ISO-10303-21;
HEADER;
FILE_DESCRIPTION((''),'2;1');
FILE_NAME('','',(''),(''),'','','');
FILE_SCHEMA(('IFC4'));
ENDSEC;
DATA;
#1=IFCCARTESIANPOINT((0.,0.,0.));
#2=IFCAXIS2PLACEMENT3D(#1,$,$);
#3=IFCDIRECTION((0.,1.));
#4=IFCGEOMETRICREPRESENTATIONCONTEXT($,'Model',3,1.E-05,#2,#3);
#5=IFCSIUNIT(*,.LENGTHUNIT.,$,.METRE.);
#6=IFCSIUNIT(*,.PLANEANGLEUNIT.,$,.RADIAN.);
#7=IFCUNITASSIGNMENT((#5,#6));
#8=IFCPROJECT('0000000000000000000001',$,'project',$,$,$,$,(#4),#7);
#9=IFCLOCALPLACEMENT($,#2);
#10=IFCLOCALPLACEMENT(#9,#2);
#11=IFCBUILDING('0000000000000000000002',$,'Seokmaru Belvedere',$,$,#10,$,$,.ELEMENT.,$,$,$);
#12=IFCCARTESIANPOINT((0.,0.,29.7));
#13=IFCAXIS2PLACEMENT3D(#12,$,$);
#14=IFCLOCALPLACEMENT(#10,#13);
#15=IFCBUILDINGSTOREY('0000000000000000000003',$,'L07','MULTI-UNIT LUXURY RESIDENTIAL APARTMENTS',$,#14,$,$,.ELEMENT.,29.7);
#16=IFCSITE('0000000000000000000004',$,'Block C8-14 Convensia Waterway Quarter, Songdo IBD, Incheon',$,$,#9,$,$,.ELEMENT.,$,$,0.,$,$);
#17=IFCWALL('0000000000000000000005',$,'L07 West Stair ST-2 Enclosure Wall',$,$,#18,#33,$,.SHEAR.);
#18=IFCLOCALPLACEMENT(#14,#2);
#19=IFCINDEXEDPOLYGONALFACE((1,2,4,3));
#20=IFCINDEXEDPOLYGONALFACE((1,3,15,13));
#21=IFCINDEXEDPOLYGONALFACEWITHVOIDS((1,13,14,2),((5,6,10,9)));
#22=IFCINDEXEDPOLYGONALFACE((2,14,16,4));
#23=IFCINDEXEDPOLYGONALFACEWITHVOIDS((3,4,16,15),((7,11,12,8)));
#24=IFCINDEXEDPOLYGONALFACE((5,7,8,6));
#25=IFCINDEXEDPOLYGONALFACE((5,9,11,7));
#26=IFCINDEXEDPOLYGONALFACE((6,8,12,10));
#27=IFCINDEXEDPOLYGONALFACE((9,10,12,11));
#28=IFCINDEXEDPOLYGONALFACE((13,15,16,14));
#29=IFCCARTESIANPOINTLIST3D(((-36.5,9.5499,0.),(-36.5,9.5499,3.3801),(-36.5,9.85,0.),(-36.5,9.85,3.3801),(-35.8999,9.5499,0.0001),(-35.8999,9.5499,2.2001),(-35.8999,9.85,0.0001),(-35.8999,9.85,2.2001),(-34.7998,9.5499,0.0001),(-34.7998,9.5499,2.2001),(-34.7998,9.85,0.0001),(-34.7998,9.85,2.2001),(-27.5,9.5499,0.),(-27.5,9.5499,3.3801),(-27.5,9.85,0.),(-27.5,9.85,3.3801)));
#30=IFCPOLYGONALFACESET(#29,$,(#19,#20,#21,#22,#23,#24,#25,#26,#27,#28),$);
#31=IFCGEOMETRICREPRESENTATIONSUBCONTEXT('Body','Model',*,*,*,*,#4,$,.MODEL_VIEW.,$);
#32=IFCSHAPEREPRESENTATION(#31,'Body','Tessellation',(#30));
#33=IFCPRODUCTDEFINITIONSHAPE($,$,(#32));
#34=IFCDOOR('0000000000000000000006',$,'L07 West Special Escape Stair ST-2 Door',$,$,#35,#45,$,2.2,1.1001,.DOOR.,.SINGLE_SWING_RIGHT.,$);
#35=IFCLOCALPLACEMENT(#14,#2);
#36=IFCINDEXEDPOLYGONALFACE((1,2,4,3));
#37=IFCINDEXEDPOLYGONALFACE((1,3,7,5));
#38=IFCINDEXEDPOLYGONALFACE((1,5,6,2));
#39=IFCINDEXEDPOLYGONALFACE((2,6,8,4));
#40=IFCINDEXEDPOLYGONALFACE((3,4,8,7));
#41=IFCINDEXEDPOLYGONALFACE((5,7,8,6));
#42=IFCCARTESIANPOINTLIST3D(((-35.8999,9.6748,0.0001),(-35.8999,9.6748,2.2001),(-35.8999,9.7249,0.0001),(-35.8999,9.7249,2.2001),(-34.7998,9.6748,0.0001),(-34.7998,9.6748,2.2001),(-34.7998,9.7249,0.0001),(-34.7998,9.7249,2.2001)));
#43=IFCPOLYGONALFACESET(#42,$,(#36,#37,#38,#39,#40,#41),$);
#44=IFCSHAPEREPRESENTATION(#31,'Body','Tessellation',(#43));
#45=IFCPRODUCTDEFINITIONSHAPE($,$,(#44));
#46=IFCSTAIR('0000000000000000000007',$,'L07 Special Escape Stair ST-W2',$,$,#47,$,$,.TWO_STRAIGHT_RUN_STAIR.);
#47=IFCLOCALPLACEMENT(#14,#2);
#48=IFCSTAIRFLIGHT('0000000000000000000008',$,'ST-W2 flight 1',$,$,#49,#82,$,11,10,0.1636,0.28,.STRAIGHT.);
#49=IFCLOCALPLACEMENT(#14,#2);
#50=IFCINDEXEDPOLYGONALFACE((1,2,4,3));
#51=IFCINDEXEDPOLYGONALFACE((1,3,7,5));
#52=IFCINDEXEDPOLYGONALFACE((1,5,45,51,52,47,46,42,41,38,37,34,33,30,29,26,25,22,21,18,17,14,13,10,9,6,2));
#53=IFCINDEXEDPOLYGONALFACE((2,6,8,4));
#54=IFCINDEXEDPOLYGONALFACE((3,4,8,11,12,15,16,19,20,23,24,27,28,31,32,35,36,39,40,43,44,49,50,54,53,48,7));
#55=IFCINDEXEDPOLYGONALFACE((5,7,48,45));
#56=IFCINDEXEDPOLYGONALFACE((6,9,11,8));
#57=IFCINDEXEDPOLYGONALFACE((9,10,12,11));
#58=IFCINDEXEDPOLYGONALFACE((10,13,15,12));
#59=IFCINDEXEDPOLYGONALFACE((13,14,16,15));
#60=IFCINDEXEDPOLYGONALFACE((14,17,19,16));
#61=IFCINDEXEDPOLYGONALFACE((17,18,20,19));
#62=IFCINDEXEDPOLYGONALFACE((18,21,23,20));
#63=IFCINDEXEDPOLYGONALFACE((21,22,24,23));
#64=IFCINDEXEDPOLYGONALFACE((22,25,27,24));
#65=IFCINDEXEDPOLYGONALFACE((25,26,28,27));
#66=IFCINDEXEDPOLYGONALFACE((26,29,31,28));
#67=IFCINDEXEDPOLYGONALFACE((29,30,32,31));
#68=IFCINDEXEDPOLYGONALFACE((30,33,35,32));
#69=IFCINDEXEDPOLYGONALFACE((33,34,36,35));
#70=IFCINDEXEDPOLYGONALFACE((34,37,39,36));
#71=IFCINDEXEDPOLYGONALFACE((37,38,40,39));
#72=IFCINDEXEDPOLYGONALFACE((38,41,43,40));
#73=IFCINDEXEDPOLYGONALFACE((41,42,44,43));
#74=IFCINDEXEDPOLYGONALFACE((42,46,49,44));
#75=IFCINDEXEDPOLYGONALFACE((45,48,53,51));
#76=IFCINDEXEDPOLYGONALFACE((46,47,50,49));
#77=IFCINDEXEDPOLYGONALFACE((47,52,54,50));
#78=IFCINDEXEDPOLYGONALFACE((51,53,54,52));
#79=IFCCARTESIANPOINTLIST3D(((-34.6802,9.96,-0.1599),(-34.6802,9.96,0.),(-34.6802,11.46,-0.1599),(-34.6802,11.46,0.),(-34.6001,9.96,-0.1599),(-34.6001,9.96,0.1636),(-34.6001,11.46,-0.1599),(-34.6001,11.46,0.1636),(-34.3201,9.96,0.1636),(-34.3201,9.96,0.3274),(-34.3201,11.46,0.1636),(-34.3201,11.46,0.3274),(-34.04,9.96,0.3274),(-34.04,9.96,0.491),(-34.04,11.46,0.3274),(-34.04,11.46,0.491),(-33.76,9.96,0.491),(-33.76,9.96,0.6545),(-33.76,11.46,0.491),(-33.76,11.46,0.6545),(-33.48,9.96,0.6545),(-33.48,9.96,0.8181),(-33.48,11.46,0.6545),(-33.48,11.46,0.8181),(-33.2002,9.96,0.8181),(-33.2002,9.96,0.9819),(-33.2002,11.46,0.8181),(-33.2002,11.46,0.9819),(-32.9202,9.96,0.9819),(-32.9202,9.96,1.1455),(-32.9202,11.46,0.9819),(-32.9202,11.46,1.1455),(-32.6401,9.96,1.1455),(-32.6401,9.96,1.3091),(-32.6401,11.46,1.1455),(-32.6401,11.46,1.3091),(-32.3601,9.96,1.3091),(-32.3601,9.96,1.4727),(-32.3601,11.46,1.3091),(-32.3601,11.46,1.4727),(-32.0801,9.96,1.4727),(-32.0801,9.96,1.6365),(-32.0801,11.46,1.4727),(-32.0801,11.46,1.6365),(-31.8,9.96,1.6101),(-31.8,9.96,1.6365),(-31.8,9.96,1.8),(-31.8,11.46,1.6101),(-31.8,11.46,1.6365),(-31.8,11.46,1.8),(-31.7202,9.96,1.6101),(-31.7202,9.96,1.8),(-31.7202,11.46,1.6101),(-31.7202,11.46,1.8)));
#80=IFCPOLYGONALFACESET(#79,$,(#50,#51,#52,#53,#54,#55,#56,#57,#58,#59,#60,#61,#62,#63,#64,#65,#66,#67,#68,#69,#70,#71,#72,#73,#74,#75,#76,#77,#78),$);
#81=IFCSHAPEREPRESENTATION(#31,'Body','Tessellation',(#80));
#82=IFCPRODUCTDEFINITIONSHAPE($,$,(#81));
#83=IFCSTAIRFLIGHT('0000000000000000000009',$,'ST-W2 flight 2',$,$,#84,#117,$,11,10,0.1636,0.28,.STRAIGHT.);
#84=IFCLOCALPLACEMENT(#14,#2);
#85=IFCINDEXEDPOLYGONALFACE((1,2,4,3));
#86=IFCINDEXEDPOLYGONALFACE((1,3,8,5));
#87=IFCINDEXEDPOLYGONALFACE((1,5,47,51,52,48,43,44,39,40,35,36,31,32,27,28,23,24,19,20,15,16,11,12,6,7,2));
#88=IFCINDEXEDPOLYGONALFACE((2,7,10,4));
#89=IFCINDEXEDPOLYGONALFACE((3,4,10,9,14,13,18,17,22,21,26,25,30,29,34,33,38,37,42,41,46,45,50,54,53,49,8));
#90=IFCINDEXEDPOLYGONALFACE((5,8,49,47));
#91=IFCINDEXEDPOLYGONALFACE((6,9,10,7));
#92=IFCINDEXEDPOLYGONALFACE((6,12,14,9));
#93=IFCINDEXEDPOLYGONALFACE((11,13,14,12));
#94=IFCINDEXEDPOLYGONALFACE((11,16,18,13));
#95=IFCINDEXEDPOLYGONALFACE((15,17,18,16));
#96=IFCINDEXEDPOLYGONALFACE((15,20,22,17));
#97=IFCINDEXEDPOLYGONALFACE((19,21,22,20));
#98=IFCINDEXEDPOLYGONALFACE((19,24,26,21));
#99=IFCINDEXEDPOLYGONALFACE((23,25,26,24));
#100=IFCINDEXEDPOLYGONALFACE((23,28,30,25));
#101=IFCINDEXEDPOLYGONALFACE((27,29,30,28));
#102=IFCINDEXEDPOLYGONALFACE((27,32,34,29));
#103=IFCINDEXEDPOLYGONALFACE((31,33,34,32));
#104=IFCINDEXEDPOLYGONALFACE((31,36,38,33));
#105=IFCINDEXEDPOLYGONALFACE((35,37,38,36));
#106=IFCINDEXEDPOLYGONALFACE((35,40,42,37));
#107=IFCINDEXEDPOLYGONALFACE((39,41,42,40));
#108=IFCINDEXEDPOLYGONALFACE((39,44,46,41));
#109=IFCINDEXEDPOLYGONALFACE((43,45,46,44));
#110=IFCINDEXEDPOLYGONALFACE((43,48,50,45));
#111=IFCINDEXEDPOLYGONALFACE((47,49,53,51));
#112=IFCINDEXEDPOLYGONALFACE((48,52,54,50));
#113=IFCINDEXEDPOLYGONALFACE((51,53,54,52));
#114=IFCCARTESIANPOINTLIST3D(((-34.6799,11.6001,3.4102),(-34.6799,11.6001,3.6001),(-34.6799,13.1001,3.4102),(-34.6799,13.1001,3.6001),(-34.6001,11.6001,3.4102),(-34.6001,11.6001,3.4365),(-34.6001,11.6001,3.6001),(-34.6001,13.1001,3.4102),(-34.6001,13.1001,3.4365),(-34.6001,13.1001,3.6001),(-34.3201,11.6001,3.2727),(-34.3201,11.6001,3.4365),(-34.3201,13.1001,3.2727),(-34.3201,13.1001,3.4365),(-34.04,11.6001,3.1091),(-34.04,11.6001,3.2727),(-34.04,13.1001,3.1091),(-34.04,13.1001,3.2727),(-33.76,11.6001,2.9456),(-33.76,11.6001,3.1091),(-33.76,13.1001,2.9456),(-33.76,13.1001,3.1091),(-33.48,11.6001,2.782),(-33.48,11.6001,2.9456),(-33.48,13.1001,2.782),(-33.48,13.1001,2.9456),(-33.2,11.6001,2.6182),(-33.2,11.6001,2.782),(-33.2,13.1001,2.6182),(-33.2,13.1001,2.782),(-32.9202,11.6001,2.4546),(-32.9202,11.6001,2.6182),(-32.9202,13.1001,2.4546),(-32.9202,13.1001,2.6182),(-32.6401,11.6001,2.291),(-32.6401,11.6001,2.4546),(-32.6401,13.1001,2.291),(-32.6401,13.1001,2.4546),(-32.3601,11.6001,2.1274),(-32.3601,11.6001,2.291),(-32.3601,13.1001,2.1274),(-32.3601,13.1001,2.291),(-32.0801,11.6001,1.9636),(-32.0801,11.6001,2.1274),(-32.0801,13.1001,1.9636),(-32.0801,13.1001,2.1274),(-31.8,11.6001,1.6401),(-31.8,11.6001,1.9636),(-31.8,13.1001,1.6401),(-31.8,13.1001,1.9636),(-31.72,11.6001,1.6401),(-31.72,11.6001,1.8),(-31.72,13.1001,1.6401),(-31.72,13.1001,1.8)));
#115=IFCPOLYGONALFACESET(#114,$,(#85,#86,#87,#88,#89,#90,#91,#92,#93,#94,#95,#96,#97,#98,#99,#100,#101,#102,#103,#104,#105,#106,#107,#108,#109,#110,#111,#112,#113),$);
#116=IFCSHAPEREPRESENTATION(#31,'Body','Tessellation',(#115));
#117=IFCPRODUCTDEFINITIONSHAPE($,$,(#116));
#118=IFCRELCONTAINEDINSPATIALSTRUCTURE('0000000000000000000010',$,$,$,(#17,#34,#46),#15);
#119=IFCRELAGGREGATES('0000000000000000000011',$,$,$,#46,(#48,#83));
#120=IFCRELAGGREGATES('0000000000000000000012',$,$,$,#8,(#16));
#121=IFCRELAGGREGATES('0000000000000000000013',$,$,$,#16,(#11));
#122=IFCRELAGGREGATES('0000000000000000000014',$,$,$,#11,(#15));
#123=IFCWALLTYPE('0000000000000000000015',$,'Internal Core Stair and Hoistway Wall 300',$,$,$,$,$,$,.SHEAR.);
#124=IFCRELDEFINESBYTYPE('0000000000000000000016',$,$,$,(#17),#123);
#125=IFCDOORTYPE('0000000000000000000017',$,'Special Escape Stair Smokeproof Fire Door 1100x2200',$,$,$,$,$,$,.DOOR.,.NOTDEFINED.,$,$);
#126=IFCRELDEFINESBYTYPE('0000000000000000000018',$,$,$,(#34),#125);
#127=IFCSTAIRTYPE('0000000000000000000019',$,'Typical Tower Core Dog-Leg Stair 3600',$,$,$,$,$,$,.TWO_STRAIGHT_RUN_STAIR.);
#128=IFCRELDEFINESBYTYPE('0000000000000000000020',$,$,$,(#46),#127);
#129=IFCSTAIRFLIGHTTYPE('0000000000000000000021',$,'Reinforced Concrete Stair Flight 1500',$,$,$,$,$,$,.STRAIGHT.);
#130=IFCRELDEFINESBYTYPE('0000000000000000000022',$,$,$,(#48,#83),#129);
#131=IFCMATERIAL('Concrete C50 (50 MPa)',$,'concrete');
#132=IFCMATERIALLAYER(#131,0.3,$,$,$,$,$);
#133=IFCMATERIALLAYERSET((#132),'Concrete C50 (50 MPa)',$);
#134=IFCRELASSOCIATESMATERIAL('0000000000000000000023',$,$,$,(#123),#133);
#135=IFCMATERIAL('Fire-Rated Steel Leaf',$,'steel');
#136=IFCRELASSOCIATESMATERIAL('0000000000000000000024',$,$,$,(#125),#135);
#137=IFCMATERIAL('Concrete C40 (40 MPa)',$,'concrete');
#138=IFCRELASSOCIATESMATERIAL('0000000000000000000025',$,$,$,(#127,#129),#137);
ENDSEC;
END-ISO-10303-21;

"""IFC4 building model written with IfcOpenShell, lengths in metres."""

from ifc_helpers import new_model, si_unit, direction, frame, frame_2d, origin, place, context, subcontext, project, spatial, polyline, rectangle, outline, extrude, source, transform, mapped, material, layer, layer_set, type_object, type_shapes, element, fill, aggregate, save


model = new_model("IFC4")

# Units and contexts
model_context = context("Model", 3, precision=1e-05, world=origin(), true_north=direction((0.0, 1.0)))
body_context = subcontext(model_context, "Body", "Model", "MODEL_VIEW")
ifc_project = project(units=[si_unit("LENGTHUNIT", "METRE"), si_unit("PLANEANGLEUNIT", "RADIAN")], contexts=[model_context])

# Site, building, storey
site_placement = place(None, origin())
site = spatial("IfcSite", under=ifc_project, at=site_placement, Name="Block C8-14 Convensia Waterway Quarter, Songdo IBD, Incheon", CompositionType="ELEMENT", RefElevation=0.0)
building_placement = place(site_placement, origin())
building = spatial("IfcBuilding", under=site, at=building_placement, Name="Seokmaru Belvedere", CompositionType="ELEMENT")
storey_placement = place(building_placement, frame((0.0, 0.0, 29.7)))
storey = spatial("IfcBuildingStorey", under=building, at=storey_placement, Name="L07", Description="MULTI-UNIT LUXURY RESIDENTIAL APARTMENTS", CompositionType="ELEMENT", Elevation=29.7)

# Shared definitions
ifc_material_1 = material(Name="Fire-Rated Steel Leaf", Category="steel")

# Wall, opening, door
ifc_material_2 = material(Name="Concrete C50 (50 MPa)", Category="concrete")
ifc_layer_1 = layer(ifc_material_2, 0.3)
ifc_layer_set_1 = layer_set([ifc_layer_1], Name="Concrete C50 (50 MPa)")
wall_type_1 = type_object("IfcWallType", Name="Internal Core Stair and Hoistway Wall 300", PredefinedType="SHEAR", material=ifc_layer_set_1)
wall_1_placement = place(storey_placement, frame((-36.5, 9.7, 0.0), z_axis=(0.0, 0.0, 1.0), x_axis=(1.0, 0.0, 0.0)))
wall_1 = element("IfcWall", 1, at=wall_1_placement, inside=storey, type_object=wall_type_1, Name="L07 West Stair ST-2 Enclosure Wall", PredefinedType="SHEAR", context=body_context, shape_type="SweptSolid", body=[
    extrude(rectangle(XDim=9.0, YDim=0.3, at=frame_2d((4.5, 0.0))), origin(), (0.0, 0.0, 1.0), 3.3801),
])
opening_1_placement = place(wall_1_placement, frame((0.6001, 0.0, 0.0)))
opening_1 = element("IfcOpeningElement", 2, at=opening_1_placement, cuts=wall_1, PredefinedType="OPENING", context=body_context, shape_type="SweptSolid", body=[
    extrude(rectangle(XDim=1.1001, YDim=2.2, at=frame_2d((0.55, 1.1001))), frame((0.0, 0.1602, 0.0), z_axis=(0.0, -1.0, 0.0), x_axis=(1.0, 0.0, 0.0)), (0.0, 0.0, 1.0), 0.3201),
])
door_type_1 = type_object("IfcDoorType", Name="Special Escape Stair Smokeproof Fire Door 1100x2200", OperationType="NOTDEFINED", PredefinedType="DOOR", material=ifc_material_1)
shared_shape_1 = source(origin(), body_context, "Body", "SweptSolid", [
    extrude(rectangle(XDim=1.1001, YDim=2.2, at=frame_2d((0.55, 1.1001))), frame((0.0, 0.0249, 0.0), z_axis=(0.0, -1.0, 0.0), x_axis=(1.0, 0.0, 0.0)), (0.0, 0.0, 1.0), 0.05),
])
type_shapes(door_type_1, [shared_shape_1])
door_1_placement = place(opening_1_placement, origin())
door_1 = element("IfcDoor", 3, at=door_1_placement, inside=storey, type_object=door_type_1, Name="L07 West Special Escape Stair ST-2 Door", OperationType="SINGLE_SWING_RIGHT", OverallHeight=2.2, OverallWidth=1.1001, PredefinedType="DOOR", context=body_context, shape_type="MappedRepresentation", body=[
    mapped(shared_shape_1, transform((0.0, 0.0, 0.0), scale=1.0)),
])
fill(opening_1, door_1)

# Stair, stair flights
ifc_material_3 = material(Name="Concrete C40 (40 MPa)", Category="concrete")
stair_type = type_object("IfcStairType", Name="Typical Tower Core Dog-Leg Stair 3600", PredefinedType="TWO_STRAIGHT_RUN_STAIR", material=ifc_material_3)
stair_placement = place(storey_placement, origin())
stair = element("IfcStair", 4, at=stair_placement, inside=storey, type_object=stair_type, Name="L07 Special Escape Stair ST-W2", PredefinedType="TWO_STRAIGHT_RUN_STAIR")
stair_flight_type = type_object("IfcStairFlightType", Name="Reinforced Concrete Stair Flight 1500", PredefinedType="STRAIGHT", material=ifc_material_3)
stair_flight_1_placement = place(storey_placement, frame((-34.6001, 10.71, 0.0), z_axis=(0.0, 0.0, 1.0), x_axis=(1.0, 0.0, 0.0)))
stair_flight_1 = element("IfcStairFlight", 5, at=stair_flight_1_placement, type_object=stair_flight_type, Name="ST-W2 flight 1", NumberOfRisers=11, NumberOfTreads=10, PredefinedType="STRAIGHT", RiserHeight=0.1636, TreadLength=0.28, context=body_context, shape_type="SweptSolid", body=[
    extrude(outline(polyline([(-0.0801, 0.0), (0.0, 0.1636), (0.28, 0.1636), (0.28, 0.3274), (0.5601, 0.3274), (0.5601, 0.491), (0.8401, 0.491), (0.8401, 0.6545), (1.1201, 0.6545), (1.1201, 0.8181), (1.3999, 0.8181), (1.3999, 0.9819), (1.6799, 0.9819), (1.6799, 1.1455), (1.96, 1.1455), (1.96, 1.3091), (2.24, 1.3091), (2.24, 1.4727), (2.52, 1.4727), (2.52, 1.6365), (2.8, 1.6365), (2.8, 1.8), (2.8799, 1.8), (2.8799, 1.6101), (2.8, 1.6101), (0.0, -0.1599), (-0.0801, -0.1599), (-0.0801, 0.0)])), frame((0.0, 0.75, 0.0), z_axis=(0.0, -1.0, 0.0), x_axis=(1.0, 0.0, 0.0)), (0.0, 0.0, 1.0), 1.5),
])
stair_flight_2_placement = place(storey_placement, frame((-31.8, 12.3501, 1.8), z_axis=(0.0, 0.0, 1.0), x_axis=(-1.0, 0.0, 0.0)))
stair_flight_2 = element("IfcStairFlight", 6, at=stair_flight_2_placement, type_object=stair_flight_type, Name="ST-W2 flight 2", NumberOfRisers=11, NumberOfTreads=10, PredefinedType="STRAIGHT", RiserHeight=0.1636, TreadLength=0.28, context=body_context, shape_type="SweptSolid", body=[
    extrude(outline(polyline([(-0.0801, 0.0), (0.0, 0.1636), (0.28, 0.1636), (0.28, 0.3274), (0.5601, 0.3274), (0.5601, 0.491), (0.8401, 0.491), (0.8401, 0.6545), (1.1201, 0.6545), (1.1201, 0.8181), (1.3999, 0.8181), (1.3999, 0.9819), (1.6799, 0.9819), (1.6799, 1.1455), (1.96, 1.1455), (1.96, 1.3091), (2.24, 1.3091), (2.24, 1.4727), (2.52, 1.4727), (2.52, 1.6365), (2.8, 1.6365), (2.8, 1.8), (2.8799, 1.8), (2.8799, 1.6101), (2.8, 1.6101), (0.0, -0.1599), (-0.0801, -0.1599), (-0.0801, 0.0)])), frame((0.0, 0.75, 0.0), z_axis=(0.0, -1.0, 0.0), x_axis=(1.0, 0.0, 0.0)), (0.0, 0.0, 1.0), 1.5),
])
aggregate(stair, [stair_flight_1, stair_flight_2])

save(model, "model.ifc")
